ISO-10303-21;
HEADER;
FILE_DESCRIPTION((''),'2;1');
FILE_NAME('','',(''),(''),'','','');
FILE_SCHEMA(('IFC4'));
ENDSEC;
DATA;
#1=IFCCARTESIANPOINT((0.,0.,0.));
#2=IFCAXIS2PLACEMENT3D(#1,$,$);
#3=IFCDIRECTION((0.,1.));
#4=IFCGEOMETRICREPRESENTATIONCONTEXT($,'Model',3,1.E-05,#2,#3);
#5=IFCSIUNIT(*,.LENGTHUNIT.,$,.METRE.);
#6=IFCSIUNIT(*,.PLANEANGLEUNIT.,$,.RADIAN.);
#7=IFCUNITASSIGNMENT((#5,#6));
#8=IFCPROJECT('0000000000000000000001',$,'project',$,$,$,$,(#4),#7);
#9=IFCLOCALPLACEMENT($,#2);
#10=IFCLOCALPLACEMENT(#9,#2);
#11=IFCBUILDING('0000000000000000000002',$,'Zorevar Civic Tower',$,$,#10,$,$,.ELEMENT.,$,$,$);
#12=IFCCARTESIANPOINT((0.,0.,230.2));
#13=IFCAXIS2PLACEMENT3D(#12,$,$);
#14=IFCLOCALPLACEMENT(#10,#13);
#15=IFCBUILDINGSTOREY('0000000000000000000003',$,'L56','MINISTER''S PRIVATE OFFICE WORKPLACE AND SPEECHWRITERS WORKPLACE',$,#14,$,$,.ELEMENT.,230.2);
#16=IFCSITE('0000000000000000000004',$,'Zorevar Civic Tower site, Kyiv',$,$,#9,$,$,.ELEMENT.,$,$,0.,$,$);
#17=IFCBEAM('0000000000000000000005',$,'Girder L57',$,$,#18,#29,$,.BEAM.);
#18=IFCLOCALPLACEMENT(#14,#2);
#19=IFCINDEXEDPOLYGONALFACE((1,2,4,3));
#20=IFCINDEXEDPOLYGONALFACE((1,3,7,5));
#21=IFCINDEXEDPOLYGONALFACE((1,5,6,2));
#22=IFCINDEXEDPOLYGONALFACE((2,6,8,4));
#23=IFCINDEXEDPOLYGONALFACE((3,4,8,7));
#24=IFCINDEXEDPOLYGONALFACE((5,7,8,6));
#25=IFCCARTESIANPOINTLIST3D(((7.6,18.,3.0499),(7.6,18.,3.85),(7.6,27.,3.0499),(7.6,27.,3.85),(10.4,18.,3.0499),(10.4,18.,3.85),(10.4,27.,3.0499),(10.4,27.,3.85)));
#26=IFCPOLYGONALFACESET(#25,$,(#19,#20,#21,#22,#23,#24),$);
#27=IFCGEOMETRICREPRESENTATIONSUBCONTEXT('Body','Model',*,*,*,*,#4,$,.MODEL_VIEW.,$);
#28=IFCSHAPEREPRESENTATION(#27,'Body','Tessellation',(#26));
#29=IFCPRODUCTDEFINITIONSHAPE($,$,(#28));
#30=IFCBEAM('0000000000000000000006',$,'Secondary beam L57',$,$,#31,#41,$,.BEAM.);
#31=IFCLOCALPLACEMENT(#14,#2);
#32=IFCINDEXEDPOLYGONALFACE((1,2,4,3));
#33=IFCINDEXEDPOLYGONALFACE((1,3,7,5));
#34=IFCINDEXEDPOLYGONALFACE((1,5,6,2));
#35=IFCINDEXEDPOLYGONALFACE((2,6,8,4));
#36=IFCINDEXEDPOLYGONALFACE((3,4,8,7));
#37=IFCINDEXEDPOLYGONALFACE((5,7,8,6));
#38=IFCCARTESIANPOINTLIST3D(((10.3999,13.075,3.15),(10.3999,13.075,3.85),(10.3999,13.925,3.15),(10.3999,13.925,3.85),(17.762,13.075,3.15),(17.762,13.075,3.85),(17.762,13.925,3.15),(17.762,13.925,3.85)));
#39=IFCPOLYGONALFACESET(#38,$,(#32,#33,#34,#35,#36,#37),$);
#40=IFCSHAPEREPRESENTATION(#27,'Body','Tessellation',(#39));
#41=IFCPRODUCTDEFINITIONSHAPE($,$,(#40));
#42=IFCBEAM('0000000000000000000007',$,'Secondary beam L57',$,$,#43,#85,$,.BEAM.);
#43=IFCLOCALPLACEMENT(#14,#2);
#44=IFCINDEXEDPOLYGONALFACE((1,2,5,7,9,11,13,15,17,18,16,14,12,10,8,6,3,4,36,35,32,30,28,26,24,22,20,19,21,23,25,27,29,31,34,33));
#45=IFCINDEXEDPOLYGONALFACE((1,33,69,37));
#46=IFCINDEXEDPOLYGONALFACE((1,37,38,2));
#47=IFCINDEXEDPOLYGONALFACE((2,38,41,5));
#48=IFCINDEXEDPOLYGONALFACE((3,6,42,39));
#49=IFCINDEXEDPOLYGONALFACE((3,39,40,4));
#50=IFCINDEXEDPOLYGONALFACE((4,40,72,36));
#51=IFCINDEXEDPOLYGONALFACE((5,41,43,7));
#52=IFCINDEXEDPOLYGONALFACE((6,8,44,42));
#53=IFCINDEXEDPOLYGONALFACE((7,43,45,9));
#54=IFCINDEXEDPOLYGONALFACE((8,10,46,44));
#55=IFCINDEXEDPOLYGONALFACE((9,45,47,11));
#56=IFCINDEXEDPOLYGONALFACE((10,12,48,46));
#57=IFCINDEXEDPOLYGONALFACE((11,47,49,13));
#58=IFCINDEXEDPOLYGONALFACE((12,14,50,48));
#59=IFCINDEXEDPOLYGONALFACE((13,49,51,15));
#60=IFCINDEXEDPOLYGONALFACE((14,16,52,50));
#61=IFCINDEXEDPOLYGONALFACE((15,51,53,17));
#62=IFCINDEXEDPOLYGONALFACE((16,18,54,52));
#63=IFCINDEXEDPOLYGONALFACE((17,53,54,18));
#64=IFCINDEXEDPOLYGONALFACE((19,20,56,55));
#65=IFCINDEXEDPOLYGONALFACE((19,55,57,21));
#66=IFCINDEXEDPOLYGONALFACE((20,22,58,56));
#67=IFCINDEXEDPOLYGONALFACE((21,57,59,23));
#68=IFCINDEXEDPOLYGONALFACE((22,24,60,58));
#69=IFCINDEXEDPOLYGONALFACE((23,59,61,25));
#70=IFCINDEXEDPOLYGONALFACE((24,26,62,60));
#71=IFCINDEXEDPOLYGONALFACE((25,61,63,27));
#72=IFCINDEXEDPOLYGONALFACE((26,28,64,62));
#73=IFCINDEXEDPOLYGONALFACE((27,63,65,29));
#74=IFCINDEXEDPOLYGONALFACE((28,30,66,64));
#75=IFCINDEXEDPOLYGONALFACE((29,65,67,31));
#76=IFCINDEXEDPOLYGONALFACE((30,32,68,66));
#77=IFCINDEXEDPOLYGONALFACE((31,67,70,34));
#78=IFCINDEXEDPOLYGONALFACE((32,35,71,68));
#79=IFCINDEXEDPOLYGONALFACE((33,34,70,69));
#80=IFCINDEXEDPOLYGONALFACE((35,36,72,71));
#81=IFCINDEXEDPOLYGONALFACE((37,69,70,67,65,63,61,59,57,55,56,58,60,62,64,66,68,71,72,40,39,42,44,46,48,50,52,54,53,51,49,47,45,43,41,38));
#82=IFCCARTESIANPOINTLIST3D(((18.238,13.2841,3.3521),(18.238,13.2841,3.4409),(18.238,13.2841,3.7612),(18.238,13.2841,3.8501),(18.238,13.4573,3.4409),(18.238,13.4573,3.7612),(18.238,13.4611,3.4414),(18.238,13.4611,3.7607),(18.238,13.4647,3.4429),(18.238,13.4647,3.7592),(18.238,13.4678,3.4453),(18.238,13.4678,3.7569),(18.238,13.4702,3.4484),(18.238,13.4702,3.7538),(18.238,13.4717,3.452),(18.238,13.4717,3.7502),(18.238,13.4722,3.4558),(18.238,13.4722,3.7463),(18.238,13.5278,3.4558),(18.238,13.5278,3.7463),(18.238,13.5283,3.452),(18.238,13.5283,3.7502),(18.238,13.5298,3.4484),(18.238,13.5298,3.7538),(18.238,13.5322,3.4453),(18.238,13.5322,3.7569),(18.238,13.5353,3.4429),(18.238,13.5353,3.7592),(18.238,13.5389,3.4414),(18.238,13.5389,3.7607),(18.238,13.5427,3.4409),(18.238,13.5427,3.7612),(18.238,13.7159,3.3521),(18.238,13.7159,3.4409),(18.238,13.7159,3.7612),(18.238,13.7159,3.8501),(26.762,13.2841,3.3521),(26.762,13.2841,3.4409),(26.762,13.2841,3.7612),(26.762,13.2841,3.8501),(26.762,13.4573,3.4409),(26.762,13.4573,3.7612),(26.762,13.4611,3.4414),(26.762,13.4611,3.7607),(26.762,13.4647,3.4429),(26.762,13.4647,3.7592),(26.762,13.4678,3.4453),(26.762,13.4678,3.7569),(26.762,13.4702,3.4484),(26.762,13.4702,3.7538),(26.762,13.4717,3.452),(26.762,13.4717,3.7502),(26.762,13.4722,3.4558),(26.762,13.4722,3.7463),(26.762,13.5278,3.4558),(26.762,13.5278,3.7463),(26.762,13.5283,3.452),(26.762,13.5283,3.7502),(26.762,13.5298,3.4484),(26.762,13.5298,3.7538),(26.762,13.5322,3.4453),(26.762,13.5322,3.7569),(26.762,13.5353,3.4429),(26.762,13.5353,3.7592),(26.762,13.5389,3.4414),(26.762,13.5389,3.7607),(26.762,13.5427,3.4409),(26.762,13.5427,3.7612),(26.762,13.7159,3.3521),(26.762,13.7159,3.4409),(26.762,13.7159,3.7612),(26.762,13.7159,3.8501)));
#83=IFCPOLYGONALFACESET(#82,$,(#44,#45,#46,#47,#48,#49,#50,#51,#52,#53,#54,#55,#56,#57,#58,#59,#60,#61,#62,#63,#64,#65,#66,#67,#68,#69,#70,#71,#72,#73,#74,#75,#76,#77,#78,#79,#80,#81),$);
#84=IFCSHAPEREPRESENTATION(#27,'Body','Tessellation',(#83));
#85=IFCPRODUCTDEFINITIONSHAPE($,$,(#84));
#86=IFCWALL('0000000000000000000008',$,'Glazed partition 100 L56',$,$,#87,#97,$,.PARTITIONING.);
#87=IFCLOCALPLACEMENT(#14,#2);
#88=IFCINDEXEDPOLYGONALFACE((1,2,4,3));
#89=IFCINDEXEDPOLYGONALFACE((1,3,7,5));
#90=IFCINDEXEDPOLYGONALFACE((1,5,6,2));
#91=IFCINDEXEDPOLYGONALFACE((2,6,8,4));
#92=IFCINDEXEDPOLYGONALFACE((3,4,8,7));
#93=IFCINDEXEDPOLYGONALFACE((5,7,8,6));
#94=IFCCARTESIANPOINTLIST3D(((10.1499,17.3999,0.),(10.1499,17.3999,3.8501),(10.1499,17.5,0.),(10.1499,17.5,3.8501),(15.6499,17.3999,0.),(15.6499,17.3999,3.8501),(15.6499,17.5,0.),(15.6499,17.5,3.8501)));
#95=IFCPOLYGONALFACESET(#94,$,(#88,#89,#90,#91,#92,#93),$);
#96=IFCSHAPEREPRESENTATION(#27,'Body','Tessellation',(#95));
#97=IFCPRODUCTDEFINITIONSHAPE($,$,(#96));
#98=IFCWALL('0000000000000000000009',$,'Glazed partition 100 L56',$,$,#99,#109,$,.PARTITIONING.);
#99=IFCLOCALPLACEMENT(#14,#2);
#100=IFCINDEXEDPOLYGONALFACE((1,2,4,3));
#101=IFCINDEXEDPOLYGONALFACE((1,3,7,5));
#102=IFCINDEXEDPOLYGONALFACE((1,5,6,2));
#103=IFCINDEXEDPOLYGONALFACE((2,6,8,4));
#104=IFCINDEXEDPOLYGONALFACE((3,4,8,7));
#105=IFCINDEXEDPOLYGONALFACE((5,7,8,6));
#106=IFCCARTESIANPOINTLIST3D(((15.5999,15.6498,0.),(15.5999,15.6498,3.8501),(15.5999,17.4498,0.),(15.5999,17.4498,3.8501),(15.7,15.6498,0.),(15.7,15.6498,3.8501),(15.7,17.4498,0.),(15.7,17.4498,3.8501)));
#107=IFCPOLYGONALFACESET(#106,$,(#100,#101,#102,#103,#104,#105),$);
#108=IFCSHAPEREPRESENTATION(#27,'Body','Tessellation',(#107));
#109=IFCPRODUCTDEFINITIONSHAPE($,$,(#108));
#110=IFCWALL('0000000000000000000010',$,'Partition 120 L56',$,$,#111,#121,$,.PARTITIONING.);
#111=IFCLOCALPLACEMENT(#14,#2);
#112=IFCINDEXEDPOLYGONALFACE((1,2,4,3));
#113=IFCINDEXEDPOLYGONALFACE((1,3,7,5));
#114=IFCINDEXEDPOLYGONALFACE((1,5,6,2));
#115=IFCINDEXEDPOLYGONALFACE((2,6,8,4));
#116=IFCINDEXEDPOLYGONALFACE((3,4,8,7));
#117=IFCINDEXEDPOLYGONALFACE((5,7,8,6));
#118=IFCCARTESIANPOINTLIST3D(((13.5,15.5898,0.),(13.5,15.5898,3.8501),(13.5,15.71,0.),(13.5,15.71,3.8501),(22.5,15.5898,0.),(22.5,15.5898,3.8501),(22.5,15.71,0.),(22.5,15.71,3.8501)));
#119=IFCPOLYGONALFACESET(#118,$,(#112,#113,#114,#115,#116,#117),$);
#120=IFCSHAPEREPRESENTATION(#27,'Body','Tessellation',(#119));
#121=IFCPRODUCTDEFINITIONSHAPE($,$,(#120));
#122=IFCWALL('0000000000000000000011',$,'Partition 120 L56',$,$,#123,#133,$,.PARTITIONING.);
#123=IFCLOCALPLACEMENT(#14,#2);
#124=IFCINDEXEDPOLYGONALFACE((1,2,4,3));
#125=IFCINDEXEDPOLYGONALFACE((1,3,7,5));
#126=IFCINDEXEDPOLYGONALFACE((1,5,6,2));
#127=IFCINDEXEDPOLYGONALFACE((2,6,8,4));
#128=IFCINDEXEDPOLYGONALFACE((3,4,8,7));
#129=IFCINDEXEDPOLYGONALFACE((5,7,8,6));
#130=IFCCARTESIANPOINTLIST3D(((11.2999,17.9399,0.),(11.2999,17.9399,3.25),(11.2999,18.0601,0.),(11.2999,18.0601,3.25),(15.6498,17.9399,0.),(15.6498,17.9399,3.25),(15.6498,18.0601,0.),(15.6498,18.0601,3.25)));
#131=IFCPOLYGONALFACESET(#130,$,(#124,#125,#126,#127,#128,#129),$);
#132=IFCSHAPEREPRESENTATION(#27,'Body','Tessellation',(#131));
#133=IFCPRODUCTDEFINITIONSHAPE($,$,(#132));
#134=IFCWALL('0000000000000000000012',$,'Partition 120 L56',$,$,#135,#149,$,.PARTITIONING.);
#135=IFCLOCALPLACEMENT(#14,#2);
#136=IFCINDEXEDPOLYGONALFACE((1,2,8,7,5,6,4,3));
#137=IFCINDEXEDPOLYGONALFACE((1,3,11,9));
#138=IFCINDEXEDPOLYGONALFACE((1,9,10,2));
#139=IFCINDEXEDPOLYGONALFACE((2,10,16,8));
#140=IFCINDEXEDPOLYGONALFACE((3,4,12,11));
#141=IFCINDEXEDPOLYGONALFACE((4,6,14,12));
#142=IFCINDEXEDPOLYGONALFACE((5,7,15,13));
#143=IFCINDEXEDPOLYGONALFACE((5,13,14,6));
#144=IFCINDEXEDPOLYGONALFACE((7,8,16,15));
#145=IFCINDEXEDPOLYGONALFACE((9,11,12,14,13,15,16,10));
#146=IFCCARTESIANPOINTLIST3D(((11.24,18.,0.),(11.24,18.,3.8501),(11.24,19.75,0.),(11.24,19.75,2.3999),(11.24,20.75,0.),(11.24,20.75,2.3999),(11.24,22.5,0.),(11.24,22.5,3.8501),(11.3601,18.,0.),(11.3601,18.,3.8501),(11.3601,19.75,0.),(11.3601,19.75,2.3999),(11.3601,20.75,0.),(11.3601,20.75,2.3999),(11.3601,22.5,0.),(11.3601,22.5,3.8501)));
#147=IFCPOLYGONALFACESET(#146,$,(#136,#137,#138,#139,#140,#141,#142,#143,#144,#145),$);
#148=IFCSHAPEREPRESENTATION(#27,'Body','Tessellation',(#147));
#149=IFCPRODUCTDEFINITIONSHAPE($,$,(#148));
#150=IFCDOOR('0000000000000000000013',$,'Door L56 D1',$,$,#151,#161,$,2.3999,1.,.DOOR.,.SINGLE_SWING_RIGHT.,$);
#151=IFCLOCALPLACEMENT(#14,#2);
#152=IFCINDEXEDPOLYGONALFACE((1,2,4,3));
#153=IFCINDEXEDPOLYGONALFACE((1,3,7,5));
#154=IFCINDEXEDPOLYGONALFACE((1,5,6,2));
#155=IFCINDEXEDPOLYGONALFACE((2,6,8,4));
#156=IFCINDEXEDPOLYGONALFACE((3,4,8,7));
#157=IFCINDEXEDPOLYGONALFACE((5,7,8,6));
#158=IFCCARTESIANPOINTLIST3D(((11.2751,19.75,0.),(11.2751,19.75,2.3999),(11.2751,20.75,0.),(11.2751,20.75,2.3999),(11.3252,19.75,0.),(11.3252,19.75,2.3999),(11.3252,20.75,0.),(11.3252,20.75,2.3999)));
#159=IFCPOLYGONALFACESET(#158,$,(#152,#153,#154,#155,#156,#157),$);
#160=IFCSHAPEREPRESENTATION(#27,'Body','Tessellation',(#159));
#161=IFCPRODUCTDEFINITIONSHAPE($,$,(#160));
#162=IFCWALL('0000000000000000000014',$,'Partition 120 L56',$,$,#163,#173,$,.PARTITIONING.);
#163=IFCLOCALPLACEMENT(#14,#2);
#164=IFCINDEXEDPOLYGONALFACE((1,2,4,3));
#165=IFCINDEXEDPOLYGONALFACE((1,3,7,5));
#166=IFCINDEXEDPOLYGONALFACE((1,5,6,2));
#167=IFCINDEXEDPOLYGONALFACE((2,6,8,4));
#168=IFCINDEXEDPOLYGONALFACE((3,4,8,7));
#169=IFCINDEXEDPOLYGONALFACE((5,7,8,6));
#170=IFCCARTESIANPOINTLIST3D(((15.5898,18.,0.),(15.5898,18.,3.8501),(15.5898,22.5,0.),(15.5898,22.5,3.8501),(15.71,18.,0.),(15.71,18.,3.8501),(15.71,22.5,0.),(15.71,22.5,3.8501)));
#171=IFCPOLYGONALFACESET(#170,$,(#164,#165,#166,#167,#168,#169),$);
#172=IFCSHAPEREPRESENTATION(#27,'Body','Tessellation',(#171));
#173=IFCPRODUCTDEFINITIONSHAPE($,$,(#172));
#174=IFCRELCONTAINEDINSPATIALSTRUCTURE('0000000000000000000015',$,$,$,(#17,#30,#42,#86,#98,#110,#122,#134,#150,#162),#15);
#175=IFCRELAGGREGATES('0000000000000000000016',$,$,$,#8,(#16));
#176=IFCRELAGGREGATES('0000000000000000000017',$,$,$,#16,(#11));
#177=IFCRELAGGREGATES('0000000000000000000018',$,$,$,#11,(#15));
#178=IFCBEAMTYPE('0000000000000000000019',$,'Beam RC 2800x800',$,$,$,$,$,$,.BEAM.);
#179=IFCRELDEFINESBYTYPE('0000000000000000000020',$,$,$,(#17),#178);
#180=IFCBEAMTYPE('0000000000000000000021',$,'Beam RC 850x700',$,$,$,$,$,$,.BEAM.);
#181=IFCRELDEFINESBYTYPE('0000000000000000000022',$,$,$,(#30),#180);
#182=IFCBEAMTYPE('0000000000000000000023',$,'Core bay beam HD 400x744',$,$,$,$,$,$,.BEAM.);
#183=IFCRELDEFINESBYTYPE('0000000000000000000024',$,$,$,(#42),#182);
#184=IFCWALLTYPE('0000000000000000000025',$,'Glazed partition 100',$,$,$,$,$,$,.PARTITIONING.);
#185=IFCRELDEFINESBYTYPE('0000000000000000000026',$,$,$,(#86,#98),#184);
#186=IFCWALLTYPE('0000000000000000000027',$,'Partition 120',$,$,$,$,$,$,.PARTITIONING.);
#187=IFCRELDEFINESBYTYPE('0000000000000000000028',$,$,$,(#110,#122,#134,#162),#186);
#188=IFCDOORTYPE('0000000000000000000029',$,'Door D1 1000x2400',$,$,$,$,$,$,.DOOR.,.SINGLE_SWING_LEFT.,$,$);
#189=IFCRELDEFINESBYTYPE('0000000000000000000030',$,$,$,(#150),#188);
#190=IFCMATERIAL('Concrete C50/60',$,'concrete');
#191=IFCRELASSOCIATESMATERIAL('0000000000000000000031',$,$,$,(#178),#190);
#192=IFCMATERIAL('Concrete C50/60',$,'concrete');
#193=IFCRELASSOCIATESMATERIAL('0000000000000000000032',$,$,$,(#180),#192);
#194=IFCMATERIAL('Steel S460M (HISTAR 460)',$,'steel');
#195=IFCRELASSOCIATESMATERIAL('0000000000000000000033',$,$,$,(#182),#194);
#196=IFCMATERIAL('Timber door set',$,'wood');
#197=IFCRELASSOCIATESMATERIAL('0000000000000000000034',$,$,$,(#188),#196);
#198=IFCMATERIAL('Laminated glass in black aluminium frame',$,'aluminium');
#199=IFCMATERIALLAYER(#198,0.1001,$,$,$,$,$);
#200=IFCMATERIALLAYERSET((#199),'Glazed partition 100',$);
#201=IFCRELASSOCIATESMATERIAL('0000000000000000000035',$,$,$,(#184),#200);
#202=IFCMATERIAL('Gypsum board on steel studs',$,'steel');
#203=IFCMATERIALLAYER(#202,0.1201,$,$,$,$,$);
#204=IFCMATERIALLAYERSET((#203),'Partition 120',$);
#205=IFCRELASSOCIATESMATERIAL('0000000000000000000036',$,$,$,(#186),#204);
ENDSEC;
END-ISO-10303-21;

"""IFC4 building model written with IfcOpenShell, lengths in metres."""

from ifc_helpers import new_model, si_unit, direction, frame, frame_2d, origin, origin_2d, place, context, subcontext, project, spatial, rectangle, i_section, extrude, material, layer, layer_set, material_profile, profile_set, type_object, element, fill, save


model = new_model("IFC4")

# Units and contexts
model_context = context("Model", 3, precision=1e-05, world=origin(), true_north=direction((0.0, 1.0)))
body_context = subcontext(model_context, "Body", "Model", "MODEL_VIEW")
ifc_project = project(units=[si_unit("LENGTHUNIT", "METRE"), si_unit("PLANEANGLEUNIT", "RADIAN")], contexts=[model_context])

# Site, building, storey
site_placement = place(None, origin())
site = spatial("IfcSite", under=ifc_project, at=site_placement, Name="Zorevar Civic Tower site, Kyiv", CompositionType="ELEMENT", RefElevation=0.0)
building_placement = place(site_placement, origin())
building = spatial("IfcBuilding", under=site, at=building_placement, Name="Zorevar Civic Tower", CompositionType="ELEMENT")
storey_placement = place(building_placement, frame((0.0, 0.0, 230.2)))
storey = spatial("IfcBuildingStorey", under=building, at=storey_placement, Name="L56", Description="MINISTER'S PRIVATE OFFICE WORKPLACE AND SPEECHWRITERS WORKPLACE", CompositionType="ELEMENT", Elevation=230.2)

# Beams
ifc_material_1 = material(Name="Concrete C50/60", Category="concrete")
ifc_material_profile_1 = material_profile(ifc_material_1, rectangle(XDim=2.8, YDim=0.8, at=origin_2d()), Name="RC 2800x800")
ifc_profile_set_1 = profile_set([ifc_material_profile_1], Name="Concrete C50/60")
beam_type_1 = type_object("IfcBeamType", Name="Beam RC 2800x800", PredefinedType="BEAM", material=ifc_profile_set_1)
beam_1_placement = place(storey_placement, frame((9.0, 18.0, 3.45), z_axis=(0.0, 1.0, 0.0), x_axis=(-1.0, 0.0, 0.0)))
element("IfcBeam", 1, at=beam_1_placement, inside=storey, type_object=beam_type_1, Name="Girder L57", PredefinedType="BEAM", context=body_context, shape_type="SweptSolid", body=[
    extrude(rectangle(XDim=2.8, YDim=0.8, at=origin_2d()), origin(), (0.0, 0.0, 1.0), 9.0),
])
ifc_material_2 = material(Name="Concrete C50/60", Category="concrete")
ifc_material_profile_2 = material_profile(ifc_material_2, rectangle(XDim=0.8501, YDim=0.7, at=origin_2d()), Name="RC 850x700")
ifc_profile_set_2 = profile_set([ifc_material_profile_2], Name="Concrete C50/60")
beam_type_2 = type_object("IfcBeamType", Name="Beam RC 850x700", PredefinedType="BEAM", material=ifc_profile_set_2)
beam_2_placement = place(storey_placement, frame((10.3999, 13.5, 3.5), z_axis=(1.0, 0.0, 0.0), x_axis=(0.0, 1.0, 0.0)))
element("IfcBeam", 2, at=beam_2_placement, inside=storey, type_object=beam_type_2, Name="Secondary beam L57", PredefinedType="BEAM", context=body_context, shape_type="SweptSolid", body=[
    extrude(rectangle(XDim=0.8501, YDim=0.7, at=origin_2d()), origin(), (0.0, 0.0, 1.0), 7.3621),
])
ifc_material_3 = material(Name="Steel S460M (HISTAR 460)", Category="steel")
ifc_material_profile_3 = material_profile(ifc_material_3, i_section(OverallWidth=0.4319, OverallDepth=0.498, WebThickness=0.0557, FlangeThickness=0.0889, FilletRadius=0.0149, at=origin_2d()), Name="HD 400x744")
ifc_profile_set_3 = profile_set([ifc_material_profile_3], Name="Steel S460M (HISTAR 460)")
beam_type_3 = type_object("IfcBeamType", Name="Core bay beam HD 400x744", PredefinedType="BEAM", material=ifc_profile_set_3)
beam_3_placement = place(storey_placement, frame((18.238, 13.5, 3.6011), z_axis=(1.0, 0.0, 0.0), x_axis=(0.0, 1.0, 0.0)))
element("IfcBeam", 3, at=beam_3_placement, inside=storey, type_object=beam_type_3, Name="Secondary beam L57", PredefinedType="BEAM", context=body_context, shape_type="SweptSolid", body=[
    extrude(i_section(OverallWidth=0.4319, OverallDepth=0.498, WebThickness=0.0557, FlangeThickness=0.0889, FilletRadius=0.0149, at=origin_2d()), origin(), (0.0, 0.0, 1.0), 8.5239),
])

# Shared definitions
ifc_material_4 = material(Name="Timber door set", Category="wood")
door_type_1 = type_object("IfcDoorType", Name="Door D1 1000x2400", OperationType="SINGLE_SWING_LEFT", PredefinedType="DOOR", material=ifc_material_4)

# Walls
ifc_material_5 = material(Name="Laminated glass in black aluminium frame", Category="aluminium")
ifc_layer_1 = layer(ifc_material_5, 0.1001)
ifc_layer_set_1 = layer_set([ifc_layer_1], Name="Glazed partition 100")
wall_type_1 = type_object("IfcWallType", Name="Glazed partition 100", PredefinedType="PARTITIONING", material=ifc_layer_set_1)
wall_1_placement = place(storey_placement, frame((10.1499, 17.45, 0.0), z_axis=(0.0, 0.0, 1.0), x_axis=(1.0, 0.0, 0.0)))
element("IfcWall", 4, at=wall_1_placement, inside=storey, type_object=wall_type_1, Name="Glazed partition 100 L56", PredefinedType="PARTITIONING", context=body_context, shape_type="SweptSolid", body=[
    extrude(rectangle(XDim=5.5, YDim=0.1001, at=frame_2d((2.75, 0.0))), origin(), (0.0, 0.0, 1.0), 3.8501),
])
wall_2_placement = place(storey_placement, frame((15.6499, 15.6499, 0.0), z_axis=(0.0, 0.0, 1.0), x_axis=(0.0, 1.0, 0.0)))
element("IfcWall", 5, at=wall_2_placement, inside=storey, type_object=wall_type_1, Name="Glazed partition 100 L56", PredefinedType="PARTITIONING", context=body_context, shape_type="SweptSolid", body=[
    extrude(rectangle(XDim=1.8, YDim=0.1001, at=frame_2d((0.8999, 0.0))), origin(), (0.0, 0.0, 1.0), 3.8501),
])
ifc_material_6 = material(Name="Gypsum board on steel studs", Category="steel")
ifc_layer_2 = layer(ifc_material_6, 0.1201)
ifc_layer_set_2 = layer_set([ifc_layer_2], Name="Partition 120")
wall_type_2 = type_object("IfcWallType", Name="Partition 120", PredefinedType="PARTITIONING", material=ifc_layer_set_2)
wall_3_placement = place(storey_placement, frame((13.5, 15.6499, 0.0), z_axis=(0.0, 0.0, 1.0), x_axis=(1.0, 0.0, 0.0)))
element("IfcWall", 6, at=wall_3_placement, inside=storey, type_object=wall_type_2, Name="Partition 120 L56", PredefinedType="PARTITIONING", context=body_context, shape_type="SweptSolid", body=[
    extrude(rectangle(XDim=9.0, YDim=0.1201, at=frame_2d((4.5, 0.0))), origin(), (0.0, 0.0, 1.0), 3.8501),
])
wall_4_placement = place(storey_placement, frame((11.3, 18.0, 0.0), z_axis=(0.0, 0.0, 1.0), x_axis=(1.0, 0.0, 0.0)))
element("IfcWall", 7, at=wall_4_placement, inside=storey, type_object=wall_type_2, Name="Partition 120 L56", PredefinedType="PARTITIONING", context=body_context, shape_type="SweptSolid", body=[
    extrude(rectangle(XDim=4.3499, YDim=0.1201, at=frame_2d((2.1748, 0.0))), origin(), (0.0, 0.0, 1.0), 3.25),
])

# Wall, opening, door
wall_5_placement = place(storey_placement, frame((11.3, 18.0, 0.0), z_axis=(0.0, 0.0, 1.0), x_axis=(0.0, 1.0, 0.0)))
wall_5 = element("IfcWall", 8, at=wall_5_placement, inside=storey, type_object=wall_type_2, Name="Partition 120 L56", PredefinedType="PARTITIONING", context=body_context, shape_type="SweptSolid", body=[
    extrude(rectangle(XDim=4.5, YDim=0.1201, at=frame_2d((2.25, 0.0))), origin(), (0.0, 0.0, 1.0), 3.8501),
])
opening_1_placement = place(wall_5_placement, frame((1.75, 0.0, 0.0)))
opening_1 = element("IfcOpeningElement", 9, at=opening_1_placement, cuts=wall_5, PredefinedType="OPENING", context=body_context, shape_type="SweptSolid", body=[
    extrude(rectangle(XDim=1.0, YDim=2.3999, at=frame_2d((0.5, 1.2))), frame((0.0, 0.0701, 0.0), z_axis=(0.0, -1.0, 0.0), x_axis=(1.0, 0.0, 0.0)), (0.0, 0.0, 1.0), 0.1401),
])
door_1_placement = place(opening_1_placement, origin())
door_1 = element("IfcDoor", 10, at=door_1_placement, inside=storey, type_object=door_type_1, Name="Door L56 D1", OperationType="SINGLE_SWING_RIGHT", OverallHeight=2.3999, OverallWidth=1.0, PredefinedType="DOOR", context=body_context, shape_type="SweptSolid", body=[
    extrude(rectangle(XDim=1.0, YDim=2.3999, at=frame_2d((0.5, 1.2))), frame((0.0, 0.0249, 0.0), z_axis=(0.0, -1.0, 0.0), x_axis=(1.0, 0.0, 0.0)), (0.0, 0.0, 1.0), 0.05),
])
fill(opening_1, door_1)

# Wall
wall_6_placement = place(storey_placement, frame((15.6499, 18.0, 0.0), z_axis=(0.0, 0.0, 1.0), x_axis=(0.0, 1.0, 0.0)))
element("IfcWall", 11, at=wall_6_placement, inside=storey, type_object=wall_type_2, Name="Partition 120 L56", PredefinedType="PARTITIONING", context=body_context, shape_type="SweptSolid", body=[
    extrude(rectangle(XDim=4.5, YDim=0.1201, at=frame_2d((2.25, 0.0))), origin(), (0.0, 0.0, 1.0), 3.8501),
])

save(model, "model.ifc")
